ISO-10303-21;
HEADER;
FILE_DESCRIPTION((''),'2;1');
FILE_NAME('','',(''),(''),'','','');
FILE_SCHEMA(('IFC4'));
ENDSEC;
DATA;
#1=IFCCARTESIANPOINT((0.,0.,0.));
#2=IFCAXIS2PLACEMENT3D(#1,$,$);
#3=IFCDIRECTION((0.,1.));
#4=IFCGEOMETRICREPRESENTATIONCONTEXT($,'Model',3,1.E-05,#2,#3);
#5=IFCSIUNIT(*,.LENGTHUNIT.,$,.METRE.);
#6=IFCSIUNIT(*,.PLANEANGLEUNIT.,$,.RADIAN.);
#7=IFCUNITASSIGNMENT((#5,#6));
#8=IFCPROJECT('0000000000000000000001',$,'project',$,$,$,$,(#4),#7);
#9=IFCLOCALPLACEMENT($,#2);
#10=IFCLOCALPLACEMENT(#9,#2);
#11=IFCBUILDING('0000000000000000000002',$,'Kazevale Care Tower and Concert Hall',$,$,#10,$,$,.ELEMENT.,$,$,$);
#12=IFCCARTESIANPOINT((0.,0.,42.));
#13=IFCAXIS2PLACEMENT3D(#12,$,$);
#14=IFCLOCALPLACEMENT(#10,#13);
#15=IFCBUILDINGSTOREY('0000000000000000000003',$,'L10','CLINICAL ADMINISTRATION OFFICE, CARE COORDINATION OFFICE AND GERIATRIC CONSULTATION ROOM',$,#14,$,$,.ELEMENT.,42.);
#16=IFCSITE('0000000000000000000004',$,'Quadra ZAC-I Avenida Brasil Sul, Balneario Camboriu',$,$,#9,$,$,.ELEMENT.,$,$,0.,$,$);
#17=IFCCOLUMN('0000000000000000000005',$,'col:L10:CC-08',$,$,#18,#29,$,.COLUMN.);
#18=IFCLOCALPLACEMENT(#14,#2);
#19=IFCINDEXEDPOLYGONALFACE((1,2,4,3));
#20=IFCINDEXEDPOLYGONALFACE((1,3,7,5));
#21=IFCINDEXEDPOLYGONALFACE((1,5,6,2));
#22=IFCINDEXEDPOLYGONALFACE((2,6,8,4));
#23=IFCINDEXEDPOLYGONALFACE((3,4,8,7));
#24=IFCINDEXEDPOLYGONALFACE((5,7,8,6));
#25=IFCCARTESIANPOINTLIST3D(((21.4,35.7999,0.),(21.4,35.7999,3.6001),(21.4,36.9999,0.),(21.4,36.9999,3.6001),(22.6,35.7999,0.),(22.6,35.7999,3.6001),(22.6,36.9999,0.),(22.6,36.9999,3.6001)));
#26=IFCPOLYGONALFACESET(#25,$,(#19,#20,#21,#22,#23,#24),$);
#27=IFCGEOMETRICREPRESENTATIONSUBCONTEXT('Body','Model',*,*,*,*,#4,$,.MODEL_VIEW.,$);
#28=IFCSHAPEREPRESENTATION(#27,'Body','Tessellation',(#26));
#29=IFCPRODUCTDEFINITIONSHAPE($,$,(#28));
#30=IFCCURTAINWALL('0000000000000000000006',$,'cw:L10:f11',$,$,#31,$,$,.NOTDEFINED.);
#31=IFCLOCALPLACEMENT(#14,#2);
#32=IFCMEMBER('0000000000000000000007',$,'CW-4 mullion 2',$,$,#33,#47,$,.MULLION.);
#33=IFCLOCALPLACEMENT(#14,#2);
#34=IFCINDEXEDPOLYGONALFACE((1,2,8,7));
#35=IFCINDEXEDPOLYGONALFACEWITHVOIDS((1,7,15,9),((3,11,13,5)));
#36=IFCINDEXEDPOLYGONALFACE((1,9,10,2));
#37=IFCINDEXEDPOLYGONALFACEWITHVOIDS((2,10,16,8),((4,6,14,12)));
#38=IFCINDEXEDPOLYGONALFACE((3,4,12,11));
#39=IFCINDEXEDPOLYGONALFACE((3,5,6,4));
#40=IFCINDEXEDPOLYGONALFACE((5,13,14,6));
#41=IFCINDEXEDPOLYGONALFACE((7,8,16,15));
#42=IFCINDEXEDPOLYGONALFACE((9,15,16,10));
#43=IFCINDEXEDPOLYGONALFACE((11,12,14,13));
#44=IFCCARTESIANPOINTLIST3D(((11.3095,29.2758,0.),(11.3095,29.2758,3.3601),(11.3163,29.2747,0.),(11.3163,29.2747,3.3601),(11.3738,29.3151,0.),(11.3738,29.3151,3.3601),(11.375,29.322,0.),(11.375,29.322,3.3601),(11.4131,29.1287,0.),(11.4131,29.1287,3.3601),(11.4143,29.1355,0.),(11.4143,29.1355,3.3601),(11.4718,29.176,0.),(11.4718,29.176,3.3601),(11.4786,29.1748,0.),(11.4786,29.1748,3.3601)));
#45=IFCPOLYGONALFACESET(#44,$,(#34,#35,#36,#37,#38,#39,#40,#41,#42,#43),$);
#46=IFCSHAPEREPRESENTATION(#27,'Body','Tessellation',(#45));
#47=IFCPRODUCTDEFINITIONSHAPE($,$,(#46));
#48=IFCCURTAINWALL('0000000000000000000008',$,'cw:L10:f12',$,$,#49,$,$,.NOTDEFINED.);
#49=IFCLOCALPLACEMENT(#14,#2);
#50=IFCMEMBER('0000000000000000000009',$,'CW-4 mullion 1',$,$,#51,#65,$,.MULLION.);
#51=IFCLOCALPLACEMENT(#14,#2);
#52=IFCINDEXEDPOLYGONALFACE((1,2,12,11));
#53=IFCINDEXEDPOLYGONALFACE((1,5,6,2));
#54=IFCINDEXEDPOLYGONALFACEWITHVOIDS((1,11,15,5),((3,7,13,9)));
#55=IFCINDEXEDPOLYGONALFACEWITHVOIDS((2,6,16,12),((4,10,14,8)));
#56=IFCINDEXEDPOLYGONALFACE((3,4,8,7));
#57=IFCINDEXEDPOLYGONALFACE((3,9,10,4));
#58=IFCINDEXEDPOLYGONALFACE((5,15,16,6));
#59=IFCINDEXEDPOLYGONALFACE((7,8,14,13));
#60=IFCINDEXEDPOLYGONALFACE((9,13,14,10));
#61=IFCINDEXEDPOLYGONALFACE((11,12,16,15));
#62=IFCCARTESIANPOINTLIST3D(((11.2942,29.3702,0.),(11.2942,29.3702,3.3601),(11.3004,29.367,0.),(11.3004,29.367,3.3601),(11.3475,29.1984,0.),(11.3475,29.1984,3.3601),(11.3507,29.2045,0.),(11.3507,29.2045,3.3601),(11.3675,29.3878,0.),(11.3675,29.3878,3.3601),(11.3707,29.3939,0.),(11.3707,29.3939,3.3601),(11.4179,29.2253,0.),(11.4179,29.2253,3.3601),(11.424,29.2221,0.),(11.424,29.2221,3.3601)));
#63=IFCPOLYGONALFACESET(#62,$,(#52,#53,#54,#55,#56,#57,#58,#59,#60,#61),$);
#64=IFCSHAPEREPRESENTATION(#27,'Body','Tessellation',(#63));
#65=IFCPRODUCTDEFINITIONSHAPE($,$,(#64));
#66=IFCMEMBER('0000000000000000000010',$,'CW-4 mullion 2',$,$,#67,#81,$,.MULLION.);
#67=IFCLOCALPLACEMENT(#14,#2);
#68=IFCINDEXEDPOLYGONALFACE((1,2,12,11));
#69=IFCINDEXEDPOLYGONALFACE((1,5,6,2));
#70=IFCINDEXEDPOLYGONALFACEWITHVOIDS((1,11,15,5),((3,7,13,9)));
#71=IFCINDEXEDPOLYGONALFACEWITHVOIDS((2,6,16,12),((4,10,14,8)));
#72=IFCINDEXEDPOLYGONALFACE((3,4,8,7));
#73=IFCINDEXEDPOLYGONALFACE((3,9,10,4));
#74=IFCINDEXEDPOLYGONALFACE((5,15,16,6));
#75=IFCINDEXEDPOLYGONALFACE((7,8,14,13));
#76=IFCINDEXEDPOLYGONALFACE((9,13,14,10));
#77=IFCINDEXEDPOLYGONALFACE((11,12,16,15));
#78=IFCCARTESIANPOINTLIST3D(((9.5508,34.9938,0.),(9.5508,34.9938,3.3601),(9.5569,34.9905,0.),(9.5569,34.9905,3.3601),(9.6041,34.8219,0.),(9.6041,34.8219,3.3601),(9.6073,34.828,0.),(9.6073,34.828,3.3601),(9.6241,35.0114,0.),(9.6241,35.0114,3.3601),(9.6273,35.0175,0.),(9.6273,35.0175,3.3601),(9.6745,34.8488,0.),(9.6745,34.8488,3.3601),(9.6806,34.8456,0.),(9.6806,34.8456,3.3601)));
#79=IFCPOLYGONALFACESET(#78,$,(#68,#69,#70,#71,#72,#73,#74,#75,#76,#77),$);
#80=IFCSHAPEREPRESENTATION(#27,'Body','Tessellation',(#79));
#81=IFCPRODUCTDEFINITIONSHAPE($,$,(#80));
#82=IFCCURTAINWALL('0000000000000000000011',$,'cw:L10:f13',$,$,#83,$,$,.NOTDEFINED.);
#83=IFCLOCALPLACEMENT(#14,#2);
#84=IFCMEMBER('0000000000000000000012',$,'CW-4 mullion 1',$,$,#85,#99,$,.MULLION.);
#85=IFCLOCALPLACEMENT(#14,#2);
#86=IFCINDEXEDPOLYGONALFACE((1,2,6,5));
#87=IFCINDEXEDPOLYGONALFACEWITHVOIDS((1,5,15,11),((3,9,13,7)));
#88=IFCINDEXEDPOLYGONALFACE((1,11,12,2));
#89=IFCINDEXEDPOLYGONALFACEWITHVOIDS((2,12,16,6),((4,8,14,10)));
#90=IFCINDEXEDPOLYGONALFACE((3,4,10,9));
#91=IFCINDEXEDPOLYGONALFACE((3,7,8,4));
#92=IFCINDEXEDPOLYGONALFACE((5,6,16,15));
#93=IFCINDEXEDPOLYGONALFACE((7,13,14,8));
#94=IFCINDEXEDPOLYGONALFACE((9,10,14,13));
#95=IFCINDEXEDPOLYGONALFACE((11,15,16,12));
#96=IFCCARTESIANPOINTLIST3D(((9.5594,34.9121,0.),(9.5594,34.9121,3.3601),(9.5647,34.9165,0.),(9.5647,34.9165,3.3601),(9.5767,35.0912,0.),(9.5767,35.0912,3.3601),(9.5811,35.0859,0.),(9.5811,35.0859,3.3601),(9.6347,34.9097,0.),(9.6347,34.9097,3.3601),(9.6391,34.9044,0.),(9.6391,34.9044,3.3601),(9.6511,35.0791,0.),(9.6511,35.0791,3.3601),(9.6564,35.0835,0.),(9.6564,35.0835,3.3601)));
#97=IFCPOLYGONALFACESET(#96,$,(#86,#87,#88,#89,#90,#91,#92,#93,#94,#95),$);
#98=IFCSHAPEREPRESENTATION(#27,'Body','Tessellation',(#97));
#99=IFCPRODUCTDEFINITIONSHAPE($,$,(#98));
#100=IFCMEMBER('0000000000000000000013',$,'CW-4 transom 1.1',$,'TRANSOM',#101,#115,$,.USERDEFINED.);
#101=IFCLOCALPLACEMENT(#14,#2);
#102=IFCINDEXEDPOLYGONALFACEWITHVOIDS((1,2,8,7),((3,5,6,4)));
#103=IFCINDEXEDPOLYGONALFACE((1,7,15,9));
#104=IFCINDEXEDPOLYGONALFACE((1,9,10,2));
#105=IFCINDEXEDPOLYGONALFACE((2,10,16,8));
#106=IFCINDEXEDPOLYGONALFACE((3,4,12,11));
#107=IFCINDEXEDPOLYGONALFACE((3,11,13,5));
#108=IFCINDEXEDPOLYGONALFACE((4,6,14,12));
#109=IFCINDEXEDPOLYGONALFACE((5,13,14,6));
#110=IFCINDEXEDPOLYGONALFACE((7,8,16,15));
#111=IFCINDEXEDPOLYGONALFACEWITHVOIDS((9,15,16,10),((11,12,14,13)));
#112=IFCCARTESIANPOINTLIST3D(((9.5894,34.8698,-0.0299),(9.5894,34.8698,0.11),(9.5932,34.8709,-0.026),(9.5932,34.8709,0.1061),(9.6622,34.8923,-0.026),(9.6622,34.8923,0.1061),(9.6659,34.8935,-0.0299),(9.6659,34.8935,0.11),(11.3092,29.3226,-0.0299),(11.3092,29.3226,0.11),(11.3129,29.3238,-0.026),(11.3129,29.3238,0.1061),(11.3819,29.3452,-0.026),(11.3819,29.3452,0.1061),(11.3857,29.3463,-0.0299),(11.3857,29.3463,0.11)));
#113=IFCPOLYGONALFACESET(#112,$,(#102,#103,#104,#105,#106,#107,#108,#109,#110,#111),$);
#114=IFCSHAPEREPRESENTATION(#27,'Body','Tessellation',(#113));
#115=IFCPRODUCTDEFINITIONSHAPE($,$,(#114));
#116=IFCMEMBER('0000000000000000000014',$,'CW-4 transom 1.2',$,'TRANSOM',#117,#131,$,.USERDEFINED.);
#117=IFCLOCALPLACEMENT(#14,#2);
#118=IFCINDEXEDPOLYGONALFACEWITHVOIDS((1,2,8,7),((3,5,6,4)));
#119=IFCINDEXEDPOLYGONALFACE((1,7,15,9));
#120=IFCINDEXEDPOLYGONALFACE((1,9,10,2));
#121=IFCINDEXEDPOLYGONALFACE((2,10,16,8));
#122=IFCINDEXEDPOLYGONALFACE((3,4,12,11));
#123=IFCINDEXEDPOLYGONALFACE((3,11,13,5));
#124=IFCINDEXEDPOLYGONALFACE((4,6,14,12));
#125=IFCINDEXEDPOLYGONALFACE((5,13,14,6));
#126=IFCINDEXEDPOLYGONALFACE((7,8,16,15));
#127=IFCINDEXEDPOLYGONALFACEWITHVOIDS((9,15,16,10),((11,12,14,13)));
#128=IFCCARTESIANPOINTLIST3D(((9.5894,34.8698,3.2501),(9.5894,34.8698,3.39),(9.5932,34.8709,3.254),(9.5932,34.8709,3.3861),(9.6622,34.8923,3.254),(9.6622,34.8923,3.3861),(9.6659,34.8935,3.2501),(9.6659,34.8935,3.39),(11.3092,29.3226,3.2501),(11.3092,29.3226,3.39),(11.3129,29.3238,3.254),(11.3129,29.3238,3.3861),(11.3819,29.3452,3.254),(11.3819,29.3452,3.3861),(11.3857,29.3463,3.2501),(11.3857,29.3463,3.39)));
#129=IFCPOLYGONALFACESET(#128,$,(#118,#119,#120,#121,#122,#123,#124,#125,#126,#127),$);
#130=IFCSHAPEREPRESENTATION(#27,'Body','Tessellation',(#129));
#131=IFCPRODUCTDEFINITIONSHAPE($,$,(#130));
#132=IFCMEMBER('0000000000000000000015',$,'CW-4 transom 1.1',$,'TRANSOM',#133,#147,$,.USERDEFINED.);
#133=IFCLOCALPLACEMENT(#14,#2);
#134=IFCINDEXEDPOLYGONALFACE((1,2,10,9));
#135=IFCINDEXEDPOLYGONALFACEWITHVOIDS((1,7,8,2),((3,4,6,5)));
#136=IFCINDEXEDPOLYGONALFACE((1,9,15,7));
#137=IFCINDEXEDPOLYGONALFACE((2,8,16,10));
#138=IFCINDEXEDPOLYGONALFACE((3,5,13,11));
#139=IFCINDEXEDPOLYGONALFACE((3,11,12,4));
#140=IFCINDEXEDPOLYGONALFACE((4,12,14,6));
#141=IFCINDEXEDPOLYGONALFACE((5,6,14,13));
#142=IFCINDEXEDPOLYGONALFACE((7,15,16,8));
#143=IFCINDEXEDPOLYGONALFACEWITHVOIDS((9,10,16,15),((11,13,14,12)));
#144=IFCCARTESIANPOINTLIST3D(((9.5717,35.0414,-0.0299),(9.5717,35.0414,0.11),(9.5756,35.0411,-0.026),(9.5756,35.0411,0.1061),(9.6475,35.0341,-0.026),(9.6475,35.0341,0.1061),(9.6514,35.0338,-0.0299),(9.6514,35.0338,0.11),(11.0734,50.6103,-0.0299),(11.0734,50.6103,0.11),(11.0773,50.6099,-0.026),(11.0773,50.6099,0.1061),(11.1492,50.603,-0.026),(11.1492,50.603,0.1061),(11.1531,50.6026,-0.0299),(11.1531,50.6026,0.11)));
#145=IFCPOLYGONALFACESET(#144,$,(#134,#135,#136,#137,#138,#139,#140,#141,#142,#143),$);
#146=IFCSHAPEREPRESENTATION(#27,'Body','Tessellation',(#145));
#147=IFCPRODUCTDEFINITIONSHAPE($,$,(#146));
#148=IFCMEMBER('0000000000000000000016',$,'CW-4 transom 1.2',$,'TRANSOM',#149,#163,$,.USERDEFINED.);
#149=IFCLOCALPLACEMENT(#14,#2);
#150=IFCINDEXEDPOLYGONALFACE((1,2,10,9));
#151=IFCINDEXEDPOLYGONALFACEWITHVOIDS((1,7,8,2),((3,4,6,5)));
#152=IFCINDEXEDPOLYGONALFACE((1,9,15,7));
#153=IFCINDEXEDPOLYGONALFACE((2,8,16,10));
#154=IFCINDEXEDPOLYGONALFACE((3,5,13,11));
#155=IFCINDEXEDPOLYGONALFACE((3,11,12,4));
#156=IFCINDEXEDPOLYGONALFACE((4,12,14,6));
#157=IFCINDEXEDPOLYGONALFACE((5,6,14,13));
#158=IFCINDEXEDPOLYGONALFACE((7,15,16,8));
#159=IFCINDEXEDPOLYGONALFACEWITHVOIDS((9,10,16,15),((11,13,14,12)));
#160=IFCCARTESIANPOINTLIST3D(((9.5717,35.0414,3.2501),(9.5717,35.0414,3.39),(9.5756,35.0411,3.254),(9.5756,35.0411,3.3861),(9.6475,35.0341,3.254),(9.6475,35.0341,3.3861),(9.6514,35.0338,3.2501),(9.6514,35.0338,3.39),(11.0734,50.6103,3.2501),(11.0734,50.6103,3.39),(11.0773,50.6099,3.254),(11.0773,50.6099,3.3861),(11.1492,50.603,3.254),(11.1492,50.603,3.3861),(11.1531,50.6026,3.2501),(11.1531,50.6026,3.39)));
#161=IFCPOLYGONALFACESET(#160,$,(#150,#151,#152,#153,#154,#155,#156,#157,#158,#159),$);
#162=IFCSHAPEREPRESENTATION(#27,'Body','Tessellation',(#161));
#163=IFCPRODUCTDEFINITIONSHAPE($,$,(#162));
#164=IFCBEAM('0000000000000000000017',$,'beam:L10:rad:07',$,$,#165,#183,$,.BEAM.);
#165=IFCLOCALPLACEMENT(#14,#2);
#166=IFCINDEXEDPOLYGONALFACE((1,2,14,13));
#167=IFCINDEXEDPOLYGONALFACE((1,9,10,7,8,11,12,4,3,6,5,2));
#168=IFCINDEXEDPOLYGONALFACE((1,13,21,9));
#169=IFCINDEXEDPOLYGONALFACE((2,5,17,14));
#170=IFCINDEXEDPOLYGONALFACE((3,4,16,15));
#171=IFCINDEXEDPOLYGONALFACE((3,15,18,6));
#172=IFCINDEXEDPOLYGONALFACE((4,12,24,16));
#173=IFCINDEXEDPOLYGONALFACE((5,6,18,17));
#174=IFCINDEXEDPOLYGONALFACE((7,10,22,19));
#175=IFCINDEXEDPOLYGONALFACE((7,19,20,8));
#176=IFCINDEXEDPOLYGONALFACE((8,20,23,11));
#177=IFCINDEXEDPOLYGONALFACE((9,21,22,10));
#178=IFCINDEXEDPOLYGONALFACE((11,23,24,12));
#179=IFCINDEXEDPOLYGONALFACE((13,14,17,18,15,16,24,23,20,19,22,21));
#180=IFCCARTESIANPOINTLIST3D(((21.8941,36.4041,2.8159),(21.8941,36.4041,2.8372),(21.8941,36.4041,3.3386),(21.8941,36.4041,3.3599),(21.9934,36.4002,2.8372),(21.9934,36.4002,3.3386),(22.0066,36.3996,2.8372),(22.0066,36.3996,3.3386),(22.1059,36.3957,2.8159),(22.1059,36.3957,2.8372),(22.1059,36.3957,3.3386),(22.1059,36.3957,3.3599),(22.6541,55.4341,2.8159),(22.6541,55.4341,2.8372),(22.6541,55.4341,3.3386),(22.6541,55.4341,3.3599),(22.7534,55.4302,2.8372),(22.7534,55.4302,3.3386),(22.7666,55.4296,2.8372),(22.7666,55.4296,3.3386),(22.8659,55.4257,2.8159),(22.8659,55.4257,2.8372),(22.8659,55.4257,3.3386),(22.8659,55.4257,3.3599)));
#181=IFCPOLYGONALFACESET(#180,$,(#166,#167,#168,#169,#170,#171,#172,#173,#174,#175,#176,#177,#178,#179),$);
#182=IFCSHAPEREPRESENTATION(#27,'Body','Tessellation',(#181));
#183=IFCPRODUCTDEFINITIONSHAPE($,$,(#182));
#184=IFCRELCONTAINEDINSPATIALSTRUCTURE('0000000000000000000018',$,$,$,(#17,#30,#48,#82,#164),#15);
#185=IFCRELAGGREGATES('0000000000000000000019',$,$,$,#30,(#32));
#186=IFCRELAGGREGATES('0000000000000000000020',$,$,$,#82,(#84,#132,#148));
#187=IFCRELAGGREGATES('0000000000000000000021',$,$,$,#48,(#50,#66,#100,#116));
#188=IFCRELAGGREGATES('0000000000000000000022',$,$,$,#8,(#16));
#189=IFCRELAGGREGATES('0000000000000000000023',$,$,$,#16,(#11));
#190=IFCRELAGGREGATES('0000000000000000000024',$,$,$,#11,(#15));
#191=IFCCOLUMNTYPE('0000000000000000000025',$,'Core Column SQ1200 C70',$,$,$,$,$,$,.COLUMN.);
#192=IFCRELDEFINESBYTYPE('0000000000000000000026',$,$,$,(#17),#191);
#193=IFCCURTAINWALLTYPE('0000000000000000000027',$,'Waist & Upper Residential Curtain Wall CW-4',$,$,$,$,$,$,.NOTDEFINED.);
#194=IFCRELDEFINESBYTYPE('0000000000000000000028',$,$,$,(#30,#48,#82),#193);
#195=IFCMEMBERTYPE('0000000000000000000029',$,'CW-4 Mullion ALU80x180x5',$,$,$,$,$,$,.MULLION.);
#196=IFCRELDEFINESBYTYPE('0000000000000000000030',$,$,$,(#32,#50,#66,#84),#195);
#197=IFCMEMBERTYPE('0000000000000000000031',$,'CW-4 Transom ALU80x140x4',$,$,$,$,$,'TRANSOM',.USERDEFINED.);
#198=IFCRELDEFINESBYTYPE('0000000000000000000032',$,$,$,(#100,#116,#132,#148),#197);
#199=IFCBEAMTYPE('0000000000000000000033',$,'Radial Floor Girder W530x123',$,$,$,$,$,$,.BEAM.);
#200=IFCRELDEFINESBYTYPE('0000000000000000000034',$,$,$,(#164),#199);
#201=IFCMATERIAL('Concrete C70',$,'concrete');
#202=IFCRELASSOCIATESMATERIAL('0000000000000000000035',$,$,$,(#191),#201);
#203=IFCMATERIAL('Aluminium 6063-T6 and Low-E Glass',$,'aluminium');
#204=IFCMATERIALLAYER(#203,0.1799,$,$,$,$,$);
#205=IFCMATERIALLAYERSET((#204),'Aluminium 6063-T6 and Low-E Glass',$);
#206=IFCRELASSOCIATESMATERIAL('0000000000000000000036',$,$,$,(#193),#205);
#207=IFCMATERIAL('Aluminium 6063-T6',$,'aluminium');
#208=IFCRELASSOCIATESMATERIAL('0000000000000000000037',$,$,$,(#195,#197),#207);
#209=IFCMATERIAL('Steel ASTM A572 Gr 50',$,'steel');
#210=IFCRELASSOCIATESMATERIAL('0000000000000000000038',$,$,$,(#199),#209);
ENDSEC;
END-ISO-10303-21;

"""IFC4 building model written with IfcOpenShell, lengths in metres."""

from ifc_helpers import new_model, si_unit, direction, frame, origin, origin_2d, place, context, subcontext, project, spatial, rectangle, hollow_rectangle, i_section, extrude, material, layer, layer_set, material_profile, profile_set, type_object, element, aggregate, save


model = new_model("IFC4")

# Units and contexts
model_context = context("Model", 3, precision=1e-05, world=origin(), true_north=direction((0.0, 1.0)))
body_context = subcontext(model_context, "Body", "Model", "MODEL_VIEW")
ifc_project = project(units=[si_unit("LENGTHUNIT", "METRE"), si_unit("PLANEANGLEUNIT", "RADIAN")], contexts=[model_context])

# Site, building, storey
site_placement = place(None, origin())
site = spatial("IfcSite", under=ifc_project, at=site_placement, Name="Quadra ZAC-I Avenida Brasil Sul, Balneario Camboriu", CompositionType="ELEMENT", RefElevation=0.0)
building_placement = place(site_placement, origin())
building = spatial("IfcBuilding", under=site, at=building_placement, Name="Kazevale Care Tower and Concert Hall", CompositionType="ELEMENT")
storey_placement = place(building_placement, frame((0.0, 0.0, 42.0)))
storey = spatial("IfcBuildingStorey", under=building, at=storey_placement, Name="L10", Description="CLINICAL ADMINISTRATION OFFICE, CARE COORDINATION OFFICE AND GERIATRIC CONSULTATION ROOM", CompositionType="ELEMENT", Elevation=42.0)

# Column
ifc_material_1 = material(Name="Concrete C70", Category="concrete")
ifc_material_profile_1 = material_profile(ifc_material_1, rectangle(XDim=1.2, YDim=1.2, at=origin_2d()), Name="RC-SQ1200")
ifc_profile_set_1 = profile_set([ifc_material_profile_1], Name="Concrete C70")
column_type = type_object("IfcColumnType", Name="Core Column SQ1200 C70", PredefinedType="COLUMN", material=ifc_profile_set_1)
column_placement = place(storey_placement, frame((22.0, 36.3999, 0.0), z_axis=(0.0, 0.0, 1.0), x_axis=(1.0, 0.0, 0.0)))
element("IfcColumn", 1, at=column_placement, inside=storey, type_object=column_type, Name="col:L10:CC-08", PredefinedType="COLUMN", context=body_context, shape_type="SweptSolid", body=[
    extrude(rectangle(XDim=1.2, YDim=1.2, at=origin_2d()), origin(), (0.0, 0.0, 1.0), 3.6001),
])

# Curtain wall, member
ifc_material_2 = material(Name="Aluminium 6063-T6 and Low-E Glass", Category="aluminium")
ifc_layer_1 = layer(ifc_material_2, 0.1799)
ifc_layer_set_1 = layer_set([ifc_layer_1], Name="Aluminium 6063-T6 and Low-E Glass")
curtain_wall_type = type_object("IfcCurtainWallType", Name="Waist & Upper Residential Curtain Wall CW-4", PredefinedType="NOTDEFINED", material=ifc_layer_set_1)
curtain_wall_1_placement = place(storey_placement, origin())
curtain_wall_1 = element("IfcCurtainWall", 2, at=curtain_wall_1_placement, inside=storey, type_object=curtain_wall_type, Name="cw:L10:f11", PredefinedType="NOTDEFINED")
ifc_material_3 = material(Name="Aluminium 6063-T6", Category="aluminium")
ifc_material_profile_2 = material_profile(ifc_material_3, hollow_rectangle(XDim=0.0801, YDim=0.1799, WallThickness=0.0049, at=origin_2d()), Name="ALU80x180x5")
ifc_profile_set_2 = profile_set([ifc_material_profile_2], Name="Aluminium 6063-T6")
member_type_1 = type_object("IfcMemberType", Name="CW-4 Mullion ALU80x180x5", PredefinedType="MULLION", material=ifc_profile_set_2)
member_1_placement = place(storey_placement, frame((11.394, 29.2253, 0.0), z_axis=(0.0, 0.0, 1.0), x_axis=(-0.817565, -0.575837, 0.0)))
member_1 = element("IfcMember", 3, at=member_1_placement, type_object=member_type_1, Name="CW-4 mullion 2", PredefinedType="MULLION", context=body_context, shape_type="SweptSolid", body=[
    extrude(hollow_rectangle(XDim=0.0801, YDim=0.1799, WallThickness=0.0049, at=origin_2d()), origin(), (0.0, 0.0, 1.0), 3.3601),
])
aggregate(curtain_wall_1, [member_1])

# Curtain wall, members
curtain_wall_2_placement = place(storey_placement, origin())
curtain_wall_2 = element("IfcCurtainWall", 4, at=curtain_wall_2_placement, inside=storey, type_object=curtain_wall_type, Name="cw:L10:f12", PredefinedType="NOTDEFINED")
member_2_placement = place(storey_placement, frame((11.3591, 29.2961, 0.0), z_axis=(0.0, 0.0, 1.0), x_axis=(-0.955157, -0.296099, 0.0)))
member_2 = element("IfcMember", 5, at=member_2_placement, type_object=member_type_1, Name="CW-4 mullion 1", PredefinedType="MULLION", context=body_context, shape_type="SweptSolid", body=[
    extrude(hollow_rectangle(XDim=0.0801, YDim=0.1799, WallThickness=0.0049, at=origin_2d()), origin(), (0.0, 0.0, 1.0), 3.3601),
])
member_3_placement = place(storey_placement, frame((9.6157, 34.9197, 0.0), z_axis=(0.0, 0.0, 1.0), x_axis=(-0.955157, -0.296099, 0.0)))
member_3 = element("IfcMember", 6, at=member_3_placement, type_object=member_type_1, Name="CW-4 mullion 2", PredefinedType="MULLION", context=body_context, shape_type="SweptSolid", body=[
    extrude(hollow_rectangle(XDim=0.0801, YDim=0.1799, WallThickness=0.0049, at=origin_2d()), origin(), (0.0, 0.0, 1.0), 3.3601),
])

# Curtain wall, member
curtain_wall_3_placement = place(storey_placement, origin())
curtain_wall_3 = element("IfcCurtainWall", 7, at=curtain_wall_3_placement, inside=storey, type_object=curtain_wall_type, Name="cw:L10:f13", PredefinedType="NOTDEFINED")
member_4_placement = place(storey_placement, frame((9.6079, 34.9978, 0.0), z_axis=(0.0, 0.0, 1.0), x_axis=(-0.995381, 0.096007, 0.0)))
member_4 = element("IfcMember", 8, at=member_4_placement, type_object=member_type_1, Name="CW-4 mullion 1", PredefinedType="MULLION", context=body_context, shape_type="SweptSolid", body=[
    extrude(hollow_rectangle(XDim=0.0801, YDim=0.1799, WallThickness=0.0049, at=origin_2d()), origin(), (0.0, 0.0, 1.0), 3.3601),
])

# Members
ifc_material_profile_3 = material_profile(ifc_material_3, hollow_rectangle(XDim=0.0801, YDim=0.1399, WallThickness=0.0039, at=origin_2d()), Name="ALU80x140x4")
ifc_profile_set_3 = profile_set([ifc_material_profile_3], Name="Aluminium 6063-T6")
member_type_2 = type_object("IfcMemberType", Name="CW-4 Transom ALU80x140x4", ElementType="TRANSOM", PredefinedType="USERDEFINED", material=ifc_profile_set_3)
member_5_placement = place(storey_placement, frame((11.3474, 29.3345, 0.04), z_axis=(-0.296118, 0.955152, 0.0), x_axis=(-0.955152, -0.296118, 0.0)))
member_5 = element("IfcMember", 9, at=member_5_placement, type_object=member_type_2, Name="CW-4 transom 1.1", ObjectType="TRANSOM", PredefinedType="USERDEFINED", context=body_context, shape_type="SweptSolid", body=[
    extrude(hollow_rectangle(XDim=0.0801, YDim=0.1399, WallThickness=0.0039, at=origin_2d()), origin(), (0.0, 0.0, 1.0), 5.8076),
])
member_6_placement = place(storey_placement, frame((11.3474, 29.3345, 3.3201), z_axis=(-0.296118, 0.955152, 0.0), x_axis=(-0.955152, -0.296118, 0.0)))
member_6 = element("IfcMember", 10, at=member_6_placement, type_object=member_type_2, Name="CW-4 transom 1.2", ObjectType="TRANSOM", PredefinedType="USERDEFINED", context=body_context, shape_type="SweptSolid", body=[
    extrude(hollow_rectangle(XDim=0.0801, YDim=0.1399, WallThickness=0.0039, at=origin_2d()), origin(), (0.0, 0.0, 1.0), 5.8076),
])
member_7_placement = place(storey_placement, frame((9.6116, 35.0376, 0.04), z_axis=(0.09601, 0.99538, 0.0), x_axis=(-0.99538, 0.09601, 0.0)))
member_7 = element("IfcMember", 11, at=member_7_placement, type_object=member_type_2, Name="CW-4 transom 1.1", ObjectType="TRANSOM", PredefinedType="USERDEFINED", context=body_context, shape_type="SweptSolid", body=[
    extrude(hollow_rectangle(XDim=0.0801, YDim=0.1399, WallThickness=0.0039, at=origin_2d()), origin(), (0.0, 0.0, 1.0), 15.6411),
])
member_8_placement = place(storey_placement, frame((9.6116, 35.0376, 3.3201), z_axis=(0.09601, 0.99538, 0.0), x_axis=(-0.99538, 0.09601, 0.0)))
member_8 = element("IfcMember", 12, at=member_8_placement, type_object=member_type_2, Name="CW-4 transom 1.2", ObjectType="TRANSOM", PredefinedType="USERDEFINED", context=body_context, shape_type="SweptSolid", body=[
    extrude(hollow_rectangle(XDim=0.0801, YDim=0.1399, WallThickness=0.0039, at=origin_2d()), origin(), (0.0, 0.0, 1.0), 15.6411),
])
aggregate(curtain_wall_3, [member_4, member_7, member_8])

# Beam
ifc_material_4 = material(Name="Steel ASTM A572 Gr 50", Category="steel")
ifc_material_profile_4 = material_profile(ifc_material_4, i_section(OverallWidth=0.2119, OverallDepth=0.5439, WebThickness=0.0132, FlangeThickness=0.0212, at=origin_2d()), Name="W530x123")
ifc_profile_set_4 = profile_set([ifc_material_profile_4], Name="Steel ASTM A572 Gr 50")
beam_type = type_object("IfcBeamType", Name="Radial Floor Girder W530x123", PredefinedType="BEAM", material=ifc_profile_set_4)
beam_1_placement = place(storey_placement, frame((22.0, 36.3999, 3.0879), z_axis=(0.039906, 0.999203, 0.0), x_axis=(-0.999203, 0.039906, 0.0)))
element("IfcBeam", 13, at=beam_1_placement, inside=storey, type_object=beam_type, Name="beam:L10:rad:07", PredefinedType="BEAM", context=body_context, shape_type="SweptSolid", body=[
    extrude(i_section(OverallWidth=0.2119, OverallDepth=0.5439, WebThickness=0.0132, FlangeThickness=0.0212, at=origin_2d()), origin(), (0.0, 0.0, 1.0), 19.0452),
])

aggregate(curtain_wall_2, [member_2, member_3, member_5, member_6])

save(model, "model.ifc")
